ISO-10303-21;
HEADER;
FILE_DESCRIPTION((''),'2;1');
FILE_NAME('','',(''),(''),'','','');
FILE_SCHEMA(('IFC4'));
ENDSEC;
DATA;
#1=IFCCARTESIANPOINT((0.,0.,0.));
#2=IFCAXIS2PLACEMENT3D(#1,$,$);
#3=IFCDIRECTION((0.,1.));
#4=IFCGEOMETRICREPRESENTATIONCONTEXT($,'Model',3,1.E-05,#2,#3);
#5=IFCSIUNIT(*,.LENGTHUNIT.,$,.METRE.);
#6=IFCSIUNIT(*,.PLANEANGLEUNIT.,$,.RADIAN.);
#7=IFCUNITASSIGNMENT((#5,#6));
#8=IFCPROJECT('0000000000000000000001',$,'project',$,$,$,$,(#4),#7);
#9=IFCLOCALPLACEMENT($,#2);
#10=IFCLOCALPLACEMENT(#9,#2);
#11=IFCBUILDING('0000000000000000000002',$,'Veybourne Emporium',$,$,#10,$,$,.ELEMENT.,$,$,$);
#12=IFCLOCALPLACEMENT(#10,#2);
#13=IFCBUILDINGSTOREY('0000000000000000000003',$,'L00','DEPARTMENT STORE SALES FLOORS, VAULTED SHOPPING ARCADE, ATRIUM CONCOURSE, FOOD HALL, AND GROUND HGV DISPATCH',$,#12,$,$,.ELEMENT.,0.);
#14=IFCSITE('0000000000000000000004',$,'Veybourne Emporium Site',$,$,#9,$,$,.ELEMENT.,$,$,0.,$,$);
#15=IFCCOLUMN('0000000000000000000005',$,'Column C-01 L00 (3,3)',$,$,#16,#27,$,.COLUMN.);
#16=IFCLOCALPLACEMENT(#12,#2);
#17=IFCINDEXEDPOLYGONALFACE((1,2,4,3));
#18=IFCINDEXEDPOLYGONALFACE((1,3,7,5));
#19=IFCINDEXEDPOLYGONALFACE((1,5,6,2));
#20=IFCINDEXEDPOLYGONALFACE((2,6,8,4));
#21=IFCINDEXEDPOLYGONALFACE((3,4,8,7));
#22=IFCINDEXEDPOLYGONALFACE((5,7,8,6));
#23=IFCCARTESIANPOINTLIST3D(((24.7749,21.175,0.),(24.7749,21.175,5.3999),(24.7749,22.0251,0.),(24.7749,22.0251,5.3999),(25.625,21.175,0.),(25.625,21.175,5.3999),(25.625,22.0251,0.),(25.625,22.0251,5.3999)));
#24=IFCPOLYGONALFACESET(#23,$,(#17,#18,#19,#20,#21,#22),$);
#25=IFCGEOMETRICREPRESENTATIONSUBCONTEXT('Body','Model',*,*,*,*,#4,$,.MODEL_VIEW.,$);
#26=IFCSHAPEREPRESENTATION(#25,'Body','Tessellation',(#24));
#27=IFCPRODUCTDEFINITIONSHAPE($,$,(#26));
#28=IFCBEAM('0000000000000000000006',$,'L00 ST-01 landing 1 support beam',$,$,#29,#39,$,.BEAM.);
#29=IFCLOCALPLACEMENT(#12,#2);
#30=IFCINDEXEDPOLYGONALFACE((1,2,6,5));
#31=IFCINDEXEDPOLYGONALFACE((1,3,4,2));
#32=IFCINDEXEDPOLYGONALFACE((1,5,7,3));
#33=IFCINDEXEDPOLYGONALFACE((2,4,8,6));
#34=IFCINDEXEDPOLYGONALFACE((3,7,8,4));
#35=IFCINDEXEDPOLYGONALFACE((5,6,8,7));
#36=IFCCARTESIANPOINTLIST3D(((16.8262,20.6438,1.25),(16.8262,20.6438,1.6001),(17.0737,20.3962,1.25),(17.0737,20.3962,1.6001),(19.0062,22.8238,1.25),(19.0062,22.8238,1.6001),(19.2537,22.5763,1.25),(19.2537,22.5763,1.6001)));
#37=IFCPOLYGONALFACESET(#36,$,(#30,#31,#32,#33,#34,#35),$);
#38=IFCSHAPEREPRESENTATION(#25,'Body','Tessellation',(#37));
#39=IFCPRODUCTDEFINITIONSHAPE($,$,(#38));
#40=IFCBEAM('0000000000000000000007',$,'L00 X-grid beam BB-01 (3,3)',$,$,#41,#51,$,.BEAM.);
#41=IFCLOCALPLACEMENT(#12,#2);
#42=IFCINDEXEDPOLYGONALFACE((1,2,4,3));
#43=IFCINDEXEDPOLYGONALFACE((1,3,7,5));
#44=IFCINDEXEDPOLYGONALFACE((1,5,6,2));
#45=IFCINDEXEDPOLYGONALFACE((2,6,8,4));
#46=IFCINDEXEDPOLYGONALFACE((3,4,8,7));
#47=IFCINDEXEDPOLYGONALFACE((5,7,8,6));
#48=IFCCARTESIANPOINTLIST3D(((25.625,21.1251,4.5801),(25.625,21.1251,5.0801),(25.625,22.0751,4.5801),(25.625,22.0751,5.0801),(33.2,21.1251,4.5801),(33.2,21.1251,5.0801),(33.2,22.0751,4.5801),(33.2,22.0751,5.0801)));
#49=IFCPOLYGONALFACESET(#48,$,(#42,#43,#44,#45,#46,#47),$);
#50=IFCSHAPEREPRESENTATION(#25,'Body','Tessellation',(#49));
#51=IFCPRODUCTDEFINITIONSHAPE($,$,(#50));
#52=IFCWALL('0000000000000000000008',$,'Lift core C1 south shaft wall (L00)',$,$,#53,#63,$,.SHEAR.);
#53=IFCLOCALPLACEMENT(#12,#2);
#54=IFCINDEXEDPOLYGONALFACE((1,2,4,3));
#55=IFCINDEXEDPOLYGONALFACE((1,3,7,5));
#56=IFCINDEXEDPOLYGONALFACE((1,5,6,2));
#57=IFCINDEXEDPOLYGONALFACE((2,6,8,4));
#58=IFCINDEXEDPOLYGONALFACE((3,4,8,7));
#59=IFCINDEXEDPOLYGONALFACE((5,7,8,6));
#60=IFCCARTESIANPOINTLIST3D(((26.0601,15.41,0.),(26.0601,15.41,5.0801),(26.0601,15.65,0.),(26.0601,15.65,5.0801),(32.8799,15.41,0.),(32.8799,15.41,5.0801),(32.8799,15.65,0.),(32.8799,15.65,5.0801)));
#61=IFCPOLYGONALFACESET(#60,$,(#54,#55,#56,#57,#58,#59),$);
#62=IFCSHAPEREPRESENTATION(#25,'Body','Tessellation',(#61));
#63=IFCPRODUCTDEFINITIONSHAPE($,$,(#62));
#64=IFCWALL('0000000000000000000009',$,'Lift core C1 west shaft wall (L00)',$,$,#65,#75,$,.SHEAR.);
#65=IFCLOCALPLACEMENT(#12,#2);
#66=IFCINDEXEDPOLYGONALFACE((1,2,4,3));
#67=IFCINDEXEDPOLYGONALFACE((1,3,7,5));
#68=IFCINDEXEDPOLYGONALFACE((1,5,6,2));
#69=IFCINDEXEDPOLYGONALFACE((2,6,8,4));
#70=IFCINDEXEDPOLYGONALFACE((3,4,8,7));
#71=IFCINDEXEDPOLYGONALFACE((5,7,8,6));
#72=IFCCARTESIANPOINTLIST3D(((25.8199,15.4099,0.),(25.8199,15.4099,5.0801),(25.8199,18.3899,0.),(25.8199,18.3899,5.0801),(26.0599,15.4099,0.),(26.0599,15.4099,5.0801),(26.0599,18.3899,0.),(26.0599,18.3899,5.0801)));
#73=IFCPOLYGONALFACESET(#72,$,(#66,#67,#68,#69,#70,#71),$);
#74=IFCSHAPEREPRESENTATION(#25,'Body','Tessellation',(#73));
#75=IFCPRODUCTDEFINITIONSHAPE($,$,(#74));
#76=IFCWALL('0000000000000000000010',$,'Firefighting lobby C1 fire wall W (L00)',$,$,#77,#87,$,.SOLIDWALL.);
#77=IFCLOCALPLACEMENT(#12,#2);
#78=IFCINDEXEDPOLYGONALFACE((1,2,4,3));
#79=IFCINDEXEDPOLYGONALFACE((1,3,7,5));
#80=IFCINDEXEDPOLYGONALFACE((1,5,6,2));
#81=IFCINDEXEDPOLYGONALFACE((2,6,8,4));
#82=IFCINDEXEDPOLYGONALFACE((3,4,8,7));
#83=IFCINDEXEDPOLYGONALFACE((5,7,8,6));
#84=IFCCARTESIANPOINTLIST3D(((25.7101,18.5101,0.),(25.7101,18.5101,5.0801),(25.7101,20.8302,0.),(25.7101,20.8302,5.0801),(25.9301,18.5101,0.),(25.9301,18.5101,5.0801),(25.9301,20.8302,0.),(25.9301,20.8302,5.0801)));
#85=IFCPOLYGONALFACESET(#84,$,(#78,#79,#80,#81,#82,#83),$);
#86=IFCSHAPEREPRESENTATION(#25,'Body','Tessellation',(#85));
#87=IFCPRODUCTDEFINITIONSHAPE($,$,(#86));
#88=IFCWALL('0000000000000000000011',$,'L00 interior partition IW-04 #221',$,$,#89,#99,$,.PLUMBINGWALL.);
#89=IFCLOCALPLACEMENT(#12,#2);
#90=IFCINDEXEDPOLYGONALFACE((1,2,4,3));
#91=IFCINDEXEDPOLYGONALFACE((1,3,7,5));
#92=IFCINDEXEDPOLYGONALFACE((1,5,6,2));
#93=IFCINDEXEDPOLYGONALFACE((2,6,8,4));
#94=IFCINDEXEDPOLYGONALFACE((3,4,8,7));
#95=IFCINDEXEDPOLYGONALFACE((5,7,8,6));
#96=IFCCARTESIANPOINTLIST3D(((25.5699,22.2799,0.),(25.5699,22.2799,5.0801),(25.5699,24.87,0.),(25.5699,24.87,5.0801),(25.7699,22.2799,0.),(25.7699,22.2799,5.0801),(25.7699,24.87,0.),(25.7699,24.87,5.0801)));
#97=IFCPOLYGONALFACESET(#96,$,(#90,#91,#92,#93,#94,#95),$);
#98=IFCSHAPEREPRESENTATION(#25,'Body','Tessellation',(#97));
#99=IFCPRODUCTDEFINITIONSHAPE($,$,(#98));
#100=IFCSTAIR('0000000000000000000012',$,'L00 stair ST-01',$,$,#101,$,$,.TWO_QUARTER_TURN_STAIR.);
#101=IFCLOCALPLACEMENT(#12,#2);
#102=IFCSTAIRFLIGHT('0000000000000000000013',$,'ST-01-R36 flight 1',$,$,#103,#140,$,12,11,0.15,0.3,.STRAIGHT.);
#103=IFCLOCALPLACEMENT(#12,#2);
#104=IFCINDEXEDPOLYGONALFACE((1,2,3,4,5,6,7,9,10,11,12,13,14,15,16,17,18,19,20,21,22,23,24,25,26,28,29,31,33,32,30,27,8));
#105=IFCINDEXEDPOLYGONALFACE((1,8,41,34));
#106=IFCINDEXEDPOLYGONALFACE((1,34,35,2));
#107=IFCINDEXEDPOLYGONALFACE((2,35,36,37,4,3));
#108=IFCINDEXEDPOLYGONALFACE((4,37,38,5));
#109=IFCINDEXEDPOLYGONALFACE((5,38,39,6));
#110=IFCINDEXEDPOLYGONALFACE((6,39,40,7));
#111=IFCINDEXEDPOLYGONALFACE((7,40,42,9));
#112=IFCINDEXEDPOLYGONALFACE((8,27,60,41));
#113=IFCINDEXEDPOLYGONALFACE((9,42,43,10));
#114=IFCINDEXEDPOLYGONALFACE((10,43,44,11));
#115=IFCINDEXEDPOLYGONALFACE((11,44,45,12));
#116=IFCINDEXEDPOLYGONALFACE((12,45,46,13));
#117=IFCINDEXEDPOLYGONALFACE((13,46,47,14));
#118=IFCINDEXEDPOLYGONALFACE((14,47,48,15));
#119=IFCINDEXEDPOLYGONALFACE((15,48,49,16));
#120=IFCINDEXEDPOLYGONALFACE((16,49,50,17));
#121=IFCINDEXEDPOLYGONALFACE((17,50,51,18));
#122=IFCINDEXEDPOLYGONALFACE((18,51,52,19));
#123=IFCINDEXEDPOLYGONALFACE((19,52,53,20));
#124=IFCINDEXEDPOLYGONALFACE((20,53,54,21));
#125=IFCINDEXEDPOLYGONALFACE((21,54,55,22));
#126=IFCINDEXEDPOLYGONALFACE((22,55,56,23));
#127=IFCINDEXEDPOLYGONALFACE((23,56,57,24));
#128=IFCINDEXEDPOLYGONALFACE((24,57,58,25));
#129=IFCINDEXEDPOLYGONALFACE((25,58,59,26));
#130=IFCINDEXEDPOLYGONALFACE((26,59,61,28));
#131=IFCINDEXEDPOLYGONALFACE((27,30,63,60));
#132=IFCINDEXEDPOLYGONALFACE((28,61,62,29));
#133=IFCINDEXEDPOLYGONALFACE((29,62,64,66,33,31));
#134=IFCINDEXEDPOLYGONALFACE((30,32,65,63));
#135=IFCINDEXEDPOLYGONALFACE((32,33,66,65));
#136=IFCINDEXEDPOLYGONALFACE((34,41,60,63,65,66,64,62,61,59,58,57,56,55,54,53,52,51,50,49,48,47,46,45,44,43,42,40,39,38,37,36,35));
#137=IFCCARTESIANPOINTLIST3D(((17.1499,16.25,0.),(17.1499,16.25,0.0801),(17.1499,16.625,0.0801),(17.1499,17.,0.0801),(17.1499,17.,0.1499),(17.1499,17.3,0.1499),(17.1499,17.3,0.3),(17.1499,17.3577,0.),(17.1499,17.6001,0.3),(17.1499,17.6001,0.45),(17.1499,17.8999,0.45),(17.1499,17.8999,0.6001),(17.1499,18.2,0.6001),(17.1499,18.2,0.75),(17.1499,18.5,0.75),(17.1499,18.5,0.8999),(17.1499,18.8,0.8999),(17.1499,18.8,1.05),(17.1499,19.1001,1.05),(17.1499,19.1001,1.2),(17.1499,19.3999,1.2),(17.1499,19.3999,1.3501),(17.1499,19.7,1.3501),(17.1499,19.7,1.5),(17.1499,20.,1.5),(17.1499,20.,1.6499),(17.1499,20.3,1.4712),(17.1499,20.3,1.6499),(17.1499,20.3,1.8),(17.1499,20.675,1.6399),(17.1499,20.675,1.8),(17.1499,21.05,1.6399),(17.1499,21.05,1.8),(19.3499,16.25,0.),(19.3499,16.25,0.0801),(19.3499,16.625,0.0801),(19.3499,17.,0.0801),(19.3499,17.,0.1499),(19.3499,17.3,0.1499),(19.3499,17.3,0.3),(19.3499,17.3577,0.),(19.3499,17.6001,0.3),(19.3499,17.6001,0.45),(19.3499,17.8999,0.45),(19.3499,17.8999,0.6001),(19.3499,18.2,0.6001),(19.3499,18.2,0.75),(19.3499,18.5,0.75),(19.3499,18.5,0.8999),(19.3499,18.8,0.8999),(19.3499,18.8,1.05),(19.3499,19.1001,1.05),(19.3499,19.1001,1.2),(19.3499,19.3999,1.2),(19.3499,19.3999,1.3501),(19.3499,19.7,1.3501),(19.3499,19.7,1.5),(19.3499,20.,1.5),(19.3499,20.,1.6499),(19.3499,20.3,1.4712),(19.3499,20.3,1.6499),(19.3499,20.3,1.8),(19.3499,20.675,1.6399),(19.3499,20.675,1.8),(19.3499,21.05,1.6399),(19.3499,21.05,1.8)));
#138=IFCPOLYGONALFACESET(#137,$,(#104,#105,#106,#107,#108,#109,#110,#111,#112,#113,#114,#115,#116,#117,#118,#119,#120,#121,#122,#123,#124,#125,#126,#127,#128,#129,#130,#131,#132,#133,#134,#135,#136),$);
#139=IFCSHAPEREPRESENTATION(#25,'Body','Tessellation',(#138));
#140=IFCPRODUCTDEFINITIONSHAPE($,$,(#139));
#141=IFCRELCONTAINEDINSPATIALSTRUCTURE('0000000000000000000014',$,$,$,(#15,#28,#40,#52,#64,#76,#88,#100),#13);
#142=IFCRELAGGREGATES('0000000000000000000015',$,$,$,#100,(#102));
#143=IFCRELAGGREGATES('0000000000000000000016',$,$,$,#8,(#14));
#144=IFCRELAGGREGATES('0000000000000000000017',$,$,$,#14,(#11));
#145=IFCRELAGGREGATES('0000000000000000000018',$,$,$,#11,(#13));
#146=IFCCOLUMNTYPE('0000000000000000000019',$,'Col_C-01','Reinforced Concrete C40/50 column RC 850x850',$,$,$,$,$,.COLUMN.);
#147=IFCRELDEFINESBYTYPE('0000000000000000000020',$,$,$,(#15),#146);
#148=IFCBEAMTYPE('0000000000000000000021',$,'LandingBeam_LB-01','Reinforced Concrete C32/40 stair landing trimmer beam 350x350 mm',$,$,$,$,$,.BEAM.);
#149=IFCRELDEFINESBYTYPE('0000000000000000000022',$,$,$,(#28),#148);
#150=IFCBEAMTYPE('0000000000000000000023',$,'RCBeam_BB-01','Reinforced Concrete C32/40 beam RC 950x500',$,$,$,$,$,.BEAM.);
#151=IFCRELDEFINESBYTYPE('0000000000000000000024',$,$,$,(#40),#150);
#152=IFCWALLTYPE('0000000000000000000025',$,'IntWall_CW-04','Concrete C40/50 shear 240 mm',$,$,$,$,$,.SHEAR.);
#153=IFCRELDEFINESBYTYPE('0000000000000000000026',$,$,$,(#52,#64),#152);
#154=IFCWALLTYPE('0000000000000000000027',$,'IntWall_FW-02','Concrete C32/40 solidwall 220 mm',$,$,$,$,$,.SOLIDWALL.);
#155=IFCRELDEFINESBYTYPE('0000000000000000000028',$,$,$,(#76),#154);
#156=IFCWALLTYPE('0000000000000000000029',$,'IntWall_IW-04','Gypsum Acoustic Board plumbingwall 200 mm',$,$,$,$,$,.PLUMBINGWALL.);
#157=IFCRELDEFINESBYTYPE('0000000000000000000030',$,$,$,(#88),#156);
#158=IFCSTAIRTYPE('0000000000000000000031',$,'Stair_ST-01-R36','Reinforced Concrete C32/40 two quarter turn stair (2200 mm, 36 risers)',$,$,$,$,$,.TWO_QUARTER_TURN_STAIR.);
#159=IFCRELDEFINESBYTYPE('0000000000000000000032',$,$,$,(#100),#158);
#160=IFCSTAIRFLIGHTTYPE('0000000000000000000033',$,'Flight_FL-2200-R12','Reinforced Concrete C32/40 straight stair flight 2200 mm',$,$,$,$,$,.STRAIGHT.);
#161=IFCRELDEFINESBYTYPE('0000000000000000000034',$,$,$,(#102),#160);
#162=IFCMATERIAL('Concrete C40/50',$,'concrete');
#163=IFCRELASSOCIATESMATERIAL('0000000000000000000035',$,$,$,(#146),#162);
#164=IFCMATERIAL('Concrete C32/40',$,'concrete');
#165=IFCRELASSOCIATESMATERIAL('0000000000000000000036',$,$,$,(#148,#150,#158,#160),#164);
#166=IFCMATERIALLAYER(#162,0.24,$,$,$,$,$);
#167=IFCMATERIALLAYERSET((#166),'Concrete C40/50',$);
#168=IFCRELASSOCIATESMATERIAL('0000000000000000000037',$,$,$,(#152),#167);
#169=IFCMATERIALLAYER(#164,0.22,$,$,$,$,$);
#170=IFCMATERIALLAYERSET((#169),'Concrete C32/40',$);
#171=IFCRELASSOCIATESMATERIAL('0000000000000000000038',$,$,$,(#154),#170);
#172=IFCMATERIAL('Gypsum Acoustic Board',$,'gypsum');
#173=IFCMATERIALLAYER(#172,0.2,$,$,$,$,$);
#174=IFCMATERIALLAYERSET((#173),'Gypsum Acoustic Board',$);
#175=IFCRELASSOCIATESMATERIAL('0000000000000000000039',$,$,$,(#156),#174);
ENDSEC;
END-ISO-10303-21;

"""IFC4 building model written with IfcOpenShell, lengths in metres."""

from ifc_helpers import new_model, si_unit, direction, frame, frame_2d, origin, origin_2d, place, context, subcontext, project, spatial, polyline, rectangle, outline, extrude, material, layer, layer_set, material_profile, profile_set, type_object, element, aggregate, save


model = new_model("IFC4")

# Units and contexts
model_context = context("Model", 3, precision=1e-05, world=origin(), true_north=direction((0.0, 1.0)))
body_context = subcontext(model_context, "Body", "Model", "MODEL_VIEW")
ifc_project = project(units=[si_unit("LENGTHUNIT", "METRE"), si_unit("PLANEANGLEUNIT", "RADIAN")], contexts=[model_context])

# Site, building, storey
site_placement = place(None, origin())
site = spatial("IfcSite", under=ifc_project, at=site_placement, Name="Veybourne Emporium Site", CompositionType="ELEMENT", RefElevation=0.0)
building_placement = place(site_placement, origin())
building = spatial("IfcBuilding", under=site, at=building_placement, Name="Veybourne Emporium", CompositionType="ELEMENT")
storey_placement = place(building_placement, origin())
storey = spatial("IfcBuildingStorey", under=building, at=storey_placement, Name="L00", Description="DEPARTMENT STORE SALES FLOORS, VAULTED SHOPPING ARCADE, ATRIUM CONCOURSE, FOOD HALL, AND GROUND HGV DISPATCH", CompositionType="ELEMENT", Elevation=0.0)

# Column
ifc_material_1 = material(Name="Concrete C40/50", Category="concrete")
ifc_material_profile_1 = material_profile(ifc_material_1, rectangle(XDim=0.8501, YDim=0.8501, at=origin_2d()), Name="RC 850x850")
ifc_profile_set_1 = profile_set([ifc_material_profile_1], Name="Concrete C40/50")
column_type = type_object("IfcColumnType", Name="Col_C-01", Description="Reinforced Concrete C40/50 column RC 850x850", PredefinedType="COLUMN", material=ifc_profile_set_1)
column_placement = place(storey_placement, frame((25.2, 21.6001, 0.0), z_axis=(0.0, 0.0, 1.0), x_axis=(1.0, 0.0, 0.0)))
element("IfcColumn", 1, at=column_placement, inside=storey, type_object=column_type, Name="Column C-01 L00 (3,3)", PredefinedType="COLUMN", context=body_context, shape_type="SweptSolid", body=[
    extrude(rectangle(XDim=0.8501, YDim=0.8501, at=origin_2d()), origin(), (0.0, 0.0, 1.0), 5.3999),
])

# Beams
ifc_material_2 = material(Name="Concrete C32/40", Category="concrete")
ifc_material_profile_2 = material_profile(ifc_material_2, rectangle(XDim=0.3501, YDim=0.3501, at=origin_2d()), Name="RC 350x350")
ifc_profile_set_2 = profile_set([ifc_material_profile_2], Name="Concrete C32/40")
beam_type_1 = type_object("IfcBeamType", Name="LandingBeam_LB-01", Description="Reinforced Concrete C32/40 stair landing trimmer beam 350x350 mm", PredefinedType="BEAM", material=ifc_profile_set_2)
beam_1_placement = place(storey_placement, frame((16.95, 20.52, 1.425), z_axis=(0.707107, 0.707107, 0.0), x_axis=(-0.707107, 0.707107, 0.0)))
element("IfcBeam", 2, at=beam_1_placement, inside=storey, type_object=beam_type_1, Name="L00 ST-01 landing 1 support beam", PredefinedType="BEAM", context=body_context, shape_type="SweptSolid", body=[
    extrude(rectangle(XDim=0.3501, YDim=0.3501, at=origin_2d()), origin(), (0.0, 0.0, 1.0), 3.083),
])
ifc_material_profile_3 = material_profile(ifc_material_2, rectangle(XDim=0.95, YDim=0.5, at=origin_2d()), Name="RC 950x500")
ifc_profile_set_3 = profile_set([ifc_material_profile_3], Name="Concrete C32/40")
beam_type_2 = type_object("IfcBeamType", Name="RCBeam_BB-01", Description="Reinforced Concrete C32/40 beam RC 950x500", PredefinedType="BEAM", material=ifc_profile_set_3)
beam_2_placement = place(storey_placement, frame((25.625, 21.6001, 4.8301), z_axis=(1.0, 0.0, 0.0), x_axis=(0.0, 1.0, 0.0)))
element("IfcBeam", 3, at=beam_2_placement, inside=storey, type_object=beam_type_2, Name="L00 X-grid beam BB-01 (3,3)", PredefinedType="BEAM", context=body_context, shape_type="SweptSolid", body=[
    extrude(rectangle(XDim=0.95, YDim=0.5, at=origin_2d()), origin(), (0.0, 0.0, 1.0), 7.575),
])

# Walls
ifc_layer_1 = layer(ifc_material_1, 0.24)
ifc_layer_set_1 = layer_set([ifc_layer_1], Name="Concrete C40/50")
wall_type_1 = type_object("IfcWallType", Name="IntWall_CW-04", Description="Concrete C40/50 shear 240 mm", PredefinedType="SHEAR", material=ifc_layer_set_1)
wall_1_placement = place(storey_placement, frame((26.0601, 15.53, 0.0), z_axis=(0.0, 0.0, 1.0), x_axis=(1.0, 0.0, 0.0)))
element("IfcWall", 4, at=wall_1_placement, inside=storey, type_object=wall_type_1, Name="Lift core C1 south shaft wall (L00)", PredefinedType="SHEAR", context=body_context, shape_type="SweptSolid", body=[
    extrude(rectangle(XDim=6.8198, YDim=0.24, at=frame_2d((3.4099, 0.0))), origin(), (0.0, 0.0, 1.0), 5.0801),
])
wall_2_placement = place(storey_placement, frame((25.9399, 18.3899, 0.0), z_axis=(0.0, 0.0, 1.0), x_axis=(0.0, -1.0, 0.0)))
element("IfcWall", 5, at=wall_2_placement, inside=storey, type_object=wall_type_1, Name="Lift core C1 west shaft wall (L00)", PredefinedType="SHEAR", context=body_context, shape_type="SweptSolid", body=[
    extrude(rectangle(XDim=2.98, YDim=0.24, at=frame_2d((1.49, 0.0))), origin(), (0.0, 0.0, 1.0), 5.0801),
])

# Shared definitions
ifc_layer_2 = layer(ifc_material_2, 0.22)
ifc_layer_set_2 = layer_set([ifc_layer_2], Name="Concrete C32/40")
wall_type_2 = type_object("IfcWallType", Name="IntWall_FW-02", Description="Concrete C32/40 solidwall 220 mm", PredefinedType="SOLIDWALL", material=ifc_layer_set_2)

# Walls
wall_3_placement = place(storey_placement, frame((25.8201, 18.51, 0.0), z_axis=(0.0, 0.0, 1.0), x_axis=(0.0, 1.0, 0.0)))
element("IfcWall", 6, at=wall_3_placement, inside=storey, type_object=wall_type_2, Name="Firefighting lobby C1 fire wall W (L00)", PredefinedType="SOLIDWALL", context=body_context, shape_type="SweptSolid", body=[
    extrude(rectangle(XDim=2.3201, YDim=0.22, at=frame_2d((1.1602, 0.0))), origin(), (0.0, 0.0, 1.0), 5.0801),
])
ifc_material_3 = material(Name="Gypsum Acoustic Board", Category="gypsum")
ifc_layer_3 = layer(ifc_material_3, 0.2)
ifc_layer_set_3 = layer_set([ifc_layer_3], Name="Gypsum Acoustic Board")
wall_type_3 = type_object("IfcWallType", Name="IntWall_IW-04", Description="Gypsum Acoustic Board plumbingwall 200 mm", PredefinedType="PLUMBINGWALL", material=ifc_layer_set_3)
wall_4_placement = place(storey_placement, frame((25.6699, 22.28, 0.0), z_axis=(0.0, 0.0, 1.0), x_axis=(0.0, 1.0, 0.0)))
element("IfcWall", 7, at=wall_4_placement, inside=storey, type_object=wall_type_3, Name="L00 interior partition IW-04 #221", PredefinedType="PLUMBINGWALL", context=body_context, shape_type="SweptSolid", body=[
    extrude(rectangle(XDim=2.5901, YDim=0.2, at=frame_2d((1.2949, 0.0))), origin(), (0.0, 0.0, 1.0), 5.0801),
])

# Stair, stair flight
stair_type = type_object("IfcStairType", Name="Stair_ST-01-R36", Description="Reinforced Concrete C32/40 two quarter turn stair (2200 mm, 36 risers)", PredefinedType="TWO_QUARTER_TURN_STAIR", material=ifc_material_2)
stair_placement = place(storey_placement, origin())
stair = element("IfcStair", 8, at=stair_placement, inside=storey, type_object=stair_type, Name="L00 stair ST-01", PredefinedType="TWO_QUARTER_TURN_STAIR")
stair_flight_type = type_object("IfcStairFlightType", Name="Flight_FL-2200-R12", Description="Reinforced Concrete C32/40 straight stair flight 2200 mm", PredefinedType="STRAIGHT", material=ifc_material_2)
stair_flight_1_placement = place(storey_placement, frame((18.25, 17.0, 0.0), z_axis=(0.0, 0.0, 1.0), x_axis=(0.0, 1.0, 0.0)))
stair_flight_1 = element("IfcStairFlight", 9, at=stair_flight_1_placement, type_object=stair_flight_type, Name="ST-01-R36 flight 1", NumberOfRisers=12, NumberOfTreads=11, PredefinedType="STRAIGHT", RiserHeight=0.15, TreadLength=0.3, context=body_context, shape_type="SweptSolid", body=[
    extrude(outline(polyline([(-0.75, 0.0), (-0.75, 0.0801), (-0.375, 0.0801), (0.0, 0.0801), (0.0, 0.1499), (0.3, 0.1499), (0.3, 0.3), (0.6001, 0.3), (0.6001, 0.45), (0.8999, 0.45), (0.8999, 0.6001), (1.2, 0.6001), (1.2, 0.75), (1.5, 0.75), (1.5, 0.8999), (1.8, 0.8999), (1.8, 1.05), (2.1001, 1.05), (2.1001, 1.2), (2.3999, 1.2), (2.3999, 1.3501), (2.7, 1.3501), (2.7, 1.5), (3.0, 1.5), (3.0, 1.6499), (3.3, 1.6499), (3.3, 1.8), (3.675, 1.8), (4.05, 1.8), (4.05, 1.6399), (3.675, 1.6399), (3.3, 1.4712), (0.3577, 0.0), (-0.75, 0.0)])), frame((0.0, 1.1001, 0.0), z_axis=(0.0, -1.0, 0.0), x_axis=(1.0, 0.0, 0.0)), (0.0, 0.0, 1.0), 2.2),
])
aggregate(stair, [stair_flight_1])

save(model, "model.ifc")
